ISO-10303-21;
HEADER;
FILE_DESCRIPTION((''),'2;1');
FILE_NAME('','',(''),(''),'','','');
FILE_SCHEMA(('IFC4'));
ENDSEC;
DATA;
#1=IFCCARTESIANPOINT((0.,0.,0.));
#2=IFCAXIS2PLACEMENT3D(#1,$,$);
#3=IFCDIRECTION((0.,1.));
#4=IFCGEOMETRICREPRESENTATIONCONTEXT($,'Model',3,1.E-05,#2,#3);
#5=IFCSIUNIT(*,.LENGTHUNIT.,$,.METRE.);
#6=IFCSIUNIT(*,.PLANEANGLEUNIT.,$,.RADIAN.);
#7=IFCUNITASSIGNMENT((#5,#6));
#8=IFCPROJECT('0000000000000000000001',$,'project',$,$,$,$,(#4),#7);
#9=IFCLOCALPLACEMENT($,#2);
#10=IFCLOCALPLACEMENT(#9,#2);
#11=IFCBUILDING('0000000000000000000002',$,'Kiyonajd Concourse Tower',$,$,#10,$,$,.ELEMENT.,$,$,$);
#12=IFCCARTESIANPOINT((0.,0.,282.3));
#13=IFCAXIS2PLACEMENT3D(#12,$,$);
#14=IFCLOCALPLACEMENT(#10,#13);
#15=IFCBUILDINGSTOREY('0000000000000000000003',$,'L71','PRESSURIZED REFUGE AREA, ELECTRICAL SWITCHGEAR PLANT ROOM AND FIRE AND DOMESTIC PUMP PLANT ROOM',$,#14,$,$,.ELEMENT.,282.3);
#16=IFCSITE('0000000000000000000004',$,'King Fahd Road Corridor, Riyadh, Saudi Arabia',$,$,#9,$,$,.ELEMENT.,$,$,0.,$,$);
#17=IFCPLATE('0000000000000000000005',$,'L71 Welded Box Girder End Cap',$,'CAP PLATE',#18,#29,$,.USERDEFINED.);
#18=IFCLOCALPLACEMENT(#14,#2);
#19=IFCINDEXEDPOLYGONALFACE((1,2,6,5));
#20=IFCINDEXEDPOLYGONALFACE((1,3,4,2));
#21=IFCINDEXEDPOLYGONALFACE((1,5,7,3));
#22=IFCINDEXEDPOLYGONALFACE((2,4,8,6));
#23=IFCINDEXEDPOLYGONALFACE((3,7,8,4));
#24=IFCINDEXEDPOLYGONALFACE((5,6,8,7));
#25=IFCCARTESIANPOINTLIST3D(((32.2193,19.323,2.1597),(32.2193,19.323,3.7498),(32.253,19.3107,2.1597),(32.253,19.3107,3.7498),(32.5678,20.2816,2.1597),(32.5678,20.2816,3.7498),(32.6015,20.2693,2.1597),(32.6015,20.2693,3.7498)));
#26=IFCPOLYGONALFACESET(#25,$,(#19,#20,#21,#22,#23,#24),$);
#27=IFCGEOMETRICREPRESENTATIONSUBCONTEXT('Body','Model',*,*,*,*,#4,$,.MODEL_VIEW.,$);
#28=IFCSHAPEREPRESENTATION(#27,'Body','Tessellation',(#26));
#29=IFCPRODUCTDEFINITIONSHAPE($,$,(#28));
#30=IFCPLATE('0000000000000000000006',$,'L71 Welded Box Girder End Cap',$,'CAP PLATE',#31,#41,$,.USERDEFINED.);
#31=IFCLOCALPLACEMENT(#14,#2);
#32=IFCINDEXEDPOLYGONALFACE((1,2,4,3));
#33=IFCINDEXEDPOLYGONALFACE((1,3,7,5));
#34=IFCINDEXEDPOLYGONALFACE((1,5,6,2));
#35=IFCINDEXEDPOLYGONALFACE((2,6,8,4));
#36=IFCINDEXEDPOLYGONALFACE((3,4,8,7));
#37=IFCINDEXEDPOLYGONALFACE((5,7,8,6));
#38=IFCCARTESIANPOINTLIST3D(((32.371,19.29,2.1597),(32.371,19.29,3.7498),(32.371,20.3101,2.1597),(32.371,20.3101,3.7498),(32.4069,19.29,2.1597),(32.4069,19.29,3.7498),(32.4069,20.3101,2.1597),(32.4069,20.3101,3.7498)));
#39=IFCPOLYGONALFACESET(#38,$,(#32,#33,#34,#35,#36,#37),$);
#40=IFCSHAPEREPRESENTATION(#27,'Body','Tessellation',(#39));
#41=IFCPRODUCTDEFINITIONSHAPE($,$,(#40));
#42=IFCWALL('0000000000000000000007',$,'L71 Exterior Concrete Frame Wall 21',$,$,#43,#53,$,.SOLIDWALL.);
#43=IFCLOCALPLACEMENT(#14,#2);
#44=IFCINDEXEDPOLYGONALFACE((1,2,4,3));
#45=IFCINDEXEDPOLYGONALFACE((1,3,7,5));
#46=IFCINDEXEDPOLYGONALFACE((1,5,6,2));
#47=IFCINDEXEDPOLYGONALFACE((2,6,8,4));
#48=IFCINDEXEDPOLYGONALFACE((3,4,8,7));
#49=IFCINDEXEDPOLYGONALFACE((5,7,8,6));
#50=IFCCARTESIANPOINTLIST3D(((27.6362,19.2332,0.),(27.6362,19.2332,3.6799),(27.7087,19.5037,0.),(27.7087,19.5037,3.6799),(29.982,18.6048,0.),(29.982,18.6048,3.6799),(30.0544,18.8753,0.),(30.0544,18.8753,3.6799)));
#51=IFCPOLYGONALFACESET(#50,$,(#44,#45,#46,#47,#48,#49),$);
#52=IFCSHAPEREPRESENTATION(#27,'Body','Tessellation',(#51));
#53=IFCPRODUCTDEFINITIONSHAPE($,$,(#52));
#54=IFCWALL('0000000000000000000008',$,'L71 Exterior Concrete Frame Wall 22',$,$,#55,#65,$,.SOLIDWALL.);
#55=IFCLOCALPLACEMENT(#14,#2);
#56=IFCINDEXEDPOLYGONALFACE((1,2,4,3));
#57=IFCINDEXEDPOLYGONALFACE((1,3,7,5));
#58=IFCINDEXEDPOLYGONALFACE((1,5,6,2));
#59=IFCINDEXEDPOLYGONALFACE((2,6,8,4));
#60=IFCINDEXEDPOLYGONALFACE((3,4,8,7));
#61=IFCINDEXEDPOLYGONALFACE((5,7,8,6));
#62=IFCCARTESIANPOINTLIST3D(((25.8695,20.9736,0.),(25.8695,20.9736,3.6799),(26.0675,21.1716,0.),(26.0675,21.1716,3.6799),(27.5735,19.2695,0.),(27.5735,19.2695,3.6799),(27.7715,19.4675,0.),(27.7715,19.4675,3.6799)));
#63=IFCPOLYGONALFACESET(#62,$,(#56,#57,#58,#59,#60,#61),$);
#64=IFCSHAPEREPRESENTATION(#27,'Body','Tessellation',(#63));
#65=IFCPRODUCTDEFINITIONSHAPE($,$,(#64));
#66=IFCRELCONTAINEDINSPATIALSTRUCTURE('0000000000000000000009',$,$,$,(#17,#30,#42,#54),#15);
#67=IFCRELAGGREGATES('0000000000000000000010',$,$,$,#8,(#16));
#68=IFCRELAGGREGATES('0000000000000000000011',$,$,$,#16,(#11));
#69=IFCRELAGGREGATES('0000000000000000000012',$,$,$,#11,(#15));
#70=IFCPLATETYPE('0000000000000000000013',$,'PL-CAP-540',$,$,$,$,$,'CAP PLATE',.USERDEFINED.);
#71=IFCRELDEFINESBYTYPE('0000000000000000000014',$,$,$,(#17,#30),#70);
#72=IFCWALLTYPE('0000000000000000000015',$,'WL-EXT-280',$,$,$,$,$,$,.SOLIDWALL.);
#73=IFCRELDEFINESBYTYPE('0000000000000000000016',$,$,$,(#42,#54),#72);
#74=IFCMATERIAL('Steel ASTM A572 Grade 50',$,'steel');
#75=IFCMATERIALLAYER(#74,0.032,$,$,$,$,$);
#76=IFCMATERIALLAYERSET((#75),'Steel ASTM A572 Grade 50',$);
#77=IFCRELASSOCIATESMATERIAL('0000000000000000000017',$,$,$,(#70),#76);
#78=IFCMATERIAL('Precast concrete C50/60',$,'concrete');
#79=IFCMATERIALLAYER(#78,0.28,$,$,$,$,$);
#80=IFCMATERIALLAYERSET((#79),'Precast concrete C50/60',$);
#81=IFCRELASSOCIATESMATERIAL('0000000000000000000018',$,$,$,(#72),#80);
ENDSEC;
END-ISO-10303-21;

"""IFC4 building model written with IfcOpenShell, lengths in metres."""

from ifc_helpers import new_model, si_unit, direction, frame, frame_2d, origin, origin_2d, place, context, subcontext, project, spatial, rectangle, extrude, material, layer, layer_set, type_object, element, save


model = new_model("IFC4")

# Units and contexts
model_context = context("Model", 3, precision=1e-05, world=origin(), true_north=direction((0.0, 1.0)))
body_context = subcontext(model_context, "Body", "Model", "MODEL_VIEW")
ifc_project = project(units=[si_unit("LENGTHUNIT", "METRE"), si_unit("PLANEANGLEUNIT", "RADIAN")], contexts=[model_context])

# Site, building, storey
site_placement = place(None, origin())
site = spatial("IfcSite", under=ifc_project, at=site_placement, Name="King Fahd Road Corridor, Riyadh, Saudi Arabia", CompositionType="ELEMENT", RefElevation=0.0)
building_placement = place(site_placement, origin())
building = spatial("IfcBuilding", under=site, at=building_placement, Name="Kiyonajd Concourse Tower", CompositionType="ELEMENT")
storey_placement = place(building_placement, frame((0.0, 0.0, 282.3)))
storey = spatial("IfcBuildingStorey", under=building, at=storey_placement, Name="L71", Description="PRESSURIZED REFUGE AREA, ELECTRICAL SWITCHGEAR PLANT ROOM AND FIRE AND DOMESTIC PUMP PLANT ROOM", CompositionType="ELEMENT", Elevation=282.3)

# Shared definitions
ifc_material_1 = material(Name="Steel ASTM A572 Grade 50", Category="steel")

# Plates
ifc_layer_1 = layer(ifc_material_1, 0.032)
ifc_layer_set_1 = layer_set([ifc_layer_1], Name="Steel ASTM A572 Grade 50")
plate_type = type_object("IfcPlateType", Name="PL-CAP-540", ElementType="CAP PLATE", PredefinedType="USERDEFINED", material=ifc_layer_set_1)
for number, where, z_axis, x_axis, name in (
    (1, (32.4104, 19.7961, 2.1597), (0.0, 0.0, 1.0), (0.939812, -0.341692, 0.0), "L71 Welded Box Girder End Cap"),
    (2, (32.3889, 19.8, 2.1597), (0.0, 0.0, 1.0), (-1.0, 0.0, 0.0), "L71 Welded Box Girder End Cap"),
):
    element("IfcPlate", number, at=place(storey_placement, frame(where, z_axis=z_axis, x_axis=x_axis)), inside=storey, type_object=plate_type, Name=name, ObjectType="CAP PLATE", PredefinedType="USERDEFINED", context=body_context, shape_type="SweptSolid", body=[
        extrude(rectangle(XDim=0.0359, YDim=1.02, at=origin_2d()), origin(), (0.0, 0.0, 1.0), 1.5901),
    ])

# Walls
ifc_material_2 = material(Name="Precast concrete C50/60", Category="concrete")
ifc_layer_2 = layer(ifc_material_2, 0.28)
ifc_layer_set_2 = layer_set([ifc_layer_2], Name="Precast concrete C50/60")
wall_type = type_object("IfcWallType", Name="WL-EXT-280", PredefinedType="SOLIDWALL", material=ifc_layer_set_2)
wall_1_placement = place(storey_placement, frame((30.0183, 18.74, 0.0), z_axis=(0.0, 0.0, 1.0), x_axis=(-0.965937, 0.258776, 0.0)))
element("IfcWall", 3, at=wall_1_placement, inside=storey, type_object=wall_type, Name="L71 Exterior Concrete Frame Wall 21", PredefinedType="SOLIDWALL", context=body_context, shape_type="SweptSolid", body=[
    extrude(rectangle(XDim=2.4285, YDim=0.28, at=frame_2d((1.2144, 0.0))), origin(), (0.0, 0.0, 1.0), 3.6799),
])
wall_2_placement = place(storey_placement, frame((27.6726, 19.3684, 0.0), z_axis=(0.0, 0.0, 1.0), x_axis=(-0.707107, 0.707107, 0.0)))
element("IfcWall", 4, at=wall_2_placement, inside=storey, type_object=wall_type, Name="L71 Exterior Concrete Frame Wall 22", PredefinedType="SOLIDWALL", context=body_context, shape_type="SweptSolid", body=[
    extrude(rectangle(XDim=2.4099, YDim=0.28, at=frame_2d((1.2051, 0.0))), origin(), (0.0, 0.0, 1.0), 3.6799),
])

save(model, "model.ifc")
